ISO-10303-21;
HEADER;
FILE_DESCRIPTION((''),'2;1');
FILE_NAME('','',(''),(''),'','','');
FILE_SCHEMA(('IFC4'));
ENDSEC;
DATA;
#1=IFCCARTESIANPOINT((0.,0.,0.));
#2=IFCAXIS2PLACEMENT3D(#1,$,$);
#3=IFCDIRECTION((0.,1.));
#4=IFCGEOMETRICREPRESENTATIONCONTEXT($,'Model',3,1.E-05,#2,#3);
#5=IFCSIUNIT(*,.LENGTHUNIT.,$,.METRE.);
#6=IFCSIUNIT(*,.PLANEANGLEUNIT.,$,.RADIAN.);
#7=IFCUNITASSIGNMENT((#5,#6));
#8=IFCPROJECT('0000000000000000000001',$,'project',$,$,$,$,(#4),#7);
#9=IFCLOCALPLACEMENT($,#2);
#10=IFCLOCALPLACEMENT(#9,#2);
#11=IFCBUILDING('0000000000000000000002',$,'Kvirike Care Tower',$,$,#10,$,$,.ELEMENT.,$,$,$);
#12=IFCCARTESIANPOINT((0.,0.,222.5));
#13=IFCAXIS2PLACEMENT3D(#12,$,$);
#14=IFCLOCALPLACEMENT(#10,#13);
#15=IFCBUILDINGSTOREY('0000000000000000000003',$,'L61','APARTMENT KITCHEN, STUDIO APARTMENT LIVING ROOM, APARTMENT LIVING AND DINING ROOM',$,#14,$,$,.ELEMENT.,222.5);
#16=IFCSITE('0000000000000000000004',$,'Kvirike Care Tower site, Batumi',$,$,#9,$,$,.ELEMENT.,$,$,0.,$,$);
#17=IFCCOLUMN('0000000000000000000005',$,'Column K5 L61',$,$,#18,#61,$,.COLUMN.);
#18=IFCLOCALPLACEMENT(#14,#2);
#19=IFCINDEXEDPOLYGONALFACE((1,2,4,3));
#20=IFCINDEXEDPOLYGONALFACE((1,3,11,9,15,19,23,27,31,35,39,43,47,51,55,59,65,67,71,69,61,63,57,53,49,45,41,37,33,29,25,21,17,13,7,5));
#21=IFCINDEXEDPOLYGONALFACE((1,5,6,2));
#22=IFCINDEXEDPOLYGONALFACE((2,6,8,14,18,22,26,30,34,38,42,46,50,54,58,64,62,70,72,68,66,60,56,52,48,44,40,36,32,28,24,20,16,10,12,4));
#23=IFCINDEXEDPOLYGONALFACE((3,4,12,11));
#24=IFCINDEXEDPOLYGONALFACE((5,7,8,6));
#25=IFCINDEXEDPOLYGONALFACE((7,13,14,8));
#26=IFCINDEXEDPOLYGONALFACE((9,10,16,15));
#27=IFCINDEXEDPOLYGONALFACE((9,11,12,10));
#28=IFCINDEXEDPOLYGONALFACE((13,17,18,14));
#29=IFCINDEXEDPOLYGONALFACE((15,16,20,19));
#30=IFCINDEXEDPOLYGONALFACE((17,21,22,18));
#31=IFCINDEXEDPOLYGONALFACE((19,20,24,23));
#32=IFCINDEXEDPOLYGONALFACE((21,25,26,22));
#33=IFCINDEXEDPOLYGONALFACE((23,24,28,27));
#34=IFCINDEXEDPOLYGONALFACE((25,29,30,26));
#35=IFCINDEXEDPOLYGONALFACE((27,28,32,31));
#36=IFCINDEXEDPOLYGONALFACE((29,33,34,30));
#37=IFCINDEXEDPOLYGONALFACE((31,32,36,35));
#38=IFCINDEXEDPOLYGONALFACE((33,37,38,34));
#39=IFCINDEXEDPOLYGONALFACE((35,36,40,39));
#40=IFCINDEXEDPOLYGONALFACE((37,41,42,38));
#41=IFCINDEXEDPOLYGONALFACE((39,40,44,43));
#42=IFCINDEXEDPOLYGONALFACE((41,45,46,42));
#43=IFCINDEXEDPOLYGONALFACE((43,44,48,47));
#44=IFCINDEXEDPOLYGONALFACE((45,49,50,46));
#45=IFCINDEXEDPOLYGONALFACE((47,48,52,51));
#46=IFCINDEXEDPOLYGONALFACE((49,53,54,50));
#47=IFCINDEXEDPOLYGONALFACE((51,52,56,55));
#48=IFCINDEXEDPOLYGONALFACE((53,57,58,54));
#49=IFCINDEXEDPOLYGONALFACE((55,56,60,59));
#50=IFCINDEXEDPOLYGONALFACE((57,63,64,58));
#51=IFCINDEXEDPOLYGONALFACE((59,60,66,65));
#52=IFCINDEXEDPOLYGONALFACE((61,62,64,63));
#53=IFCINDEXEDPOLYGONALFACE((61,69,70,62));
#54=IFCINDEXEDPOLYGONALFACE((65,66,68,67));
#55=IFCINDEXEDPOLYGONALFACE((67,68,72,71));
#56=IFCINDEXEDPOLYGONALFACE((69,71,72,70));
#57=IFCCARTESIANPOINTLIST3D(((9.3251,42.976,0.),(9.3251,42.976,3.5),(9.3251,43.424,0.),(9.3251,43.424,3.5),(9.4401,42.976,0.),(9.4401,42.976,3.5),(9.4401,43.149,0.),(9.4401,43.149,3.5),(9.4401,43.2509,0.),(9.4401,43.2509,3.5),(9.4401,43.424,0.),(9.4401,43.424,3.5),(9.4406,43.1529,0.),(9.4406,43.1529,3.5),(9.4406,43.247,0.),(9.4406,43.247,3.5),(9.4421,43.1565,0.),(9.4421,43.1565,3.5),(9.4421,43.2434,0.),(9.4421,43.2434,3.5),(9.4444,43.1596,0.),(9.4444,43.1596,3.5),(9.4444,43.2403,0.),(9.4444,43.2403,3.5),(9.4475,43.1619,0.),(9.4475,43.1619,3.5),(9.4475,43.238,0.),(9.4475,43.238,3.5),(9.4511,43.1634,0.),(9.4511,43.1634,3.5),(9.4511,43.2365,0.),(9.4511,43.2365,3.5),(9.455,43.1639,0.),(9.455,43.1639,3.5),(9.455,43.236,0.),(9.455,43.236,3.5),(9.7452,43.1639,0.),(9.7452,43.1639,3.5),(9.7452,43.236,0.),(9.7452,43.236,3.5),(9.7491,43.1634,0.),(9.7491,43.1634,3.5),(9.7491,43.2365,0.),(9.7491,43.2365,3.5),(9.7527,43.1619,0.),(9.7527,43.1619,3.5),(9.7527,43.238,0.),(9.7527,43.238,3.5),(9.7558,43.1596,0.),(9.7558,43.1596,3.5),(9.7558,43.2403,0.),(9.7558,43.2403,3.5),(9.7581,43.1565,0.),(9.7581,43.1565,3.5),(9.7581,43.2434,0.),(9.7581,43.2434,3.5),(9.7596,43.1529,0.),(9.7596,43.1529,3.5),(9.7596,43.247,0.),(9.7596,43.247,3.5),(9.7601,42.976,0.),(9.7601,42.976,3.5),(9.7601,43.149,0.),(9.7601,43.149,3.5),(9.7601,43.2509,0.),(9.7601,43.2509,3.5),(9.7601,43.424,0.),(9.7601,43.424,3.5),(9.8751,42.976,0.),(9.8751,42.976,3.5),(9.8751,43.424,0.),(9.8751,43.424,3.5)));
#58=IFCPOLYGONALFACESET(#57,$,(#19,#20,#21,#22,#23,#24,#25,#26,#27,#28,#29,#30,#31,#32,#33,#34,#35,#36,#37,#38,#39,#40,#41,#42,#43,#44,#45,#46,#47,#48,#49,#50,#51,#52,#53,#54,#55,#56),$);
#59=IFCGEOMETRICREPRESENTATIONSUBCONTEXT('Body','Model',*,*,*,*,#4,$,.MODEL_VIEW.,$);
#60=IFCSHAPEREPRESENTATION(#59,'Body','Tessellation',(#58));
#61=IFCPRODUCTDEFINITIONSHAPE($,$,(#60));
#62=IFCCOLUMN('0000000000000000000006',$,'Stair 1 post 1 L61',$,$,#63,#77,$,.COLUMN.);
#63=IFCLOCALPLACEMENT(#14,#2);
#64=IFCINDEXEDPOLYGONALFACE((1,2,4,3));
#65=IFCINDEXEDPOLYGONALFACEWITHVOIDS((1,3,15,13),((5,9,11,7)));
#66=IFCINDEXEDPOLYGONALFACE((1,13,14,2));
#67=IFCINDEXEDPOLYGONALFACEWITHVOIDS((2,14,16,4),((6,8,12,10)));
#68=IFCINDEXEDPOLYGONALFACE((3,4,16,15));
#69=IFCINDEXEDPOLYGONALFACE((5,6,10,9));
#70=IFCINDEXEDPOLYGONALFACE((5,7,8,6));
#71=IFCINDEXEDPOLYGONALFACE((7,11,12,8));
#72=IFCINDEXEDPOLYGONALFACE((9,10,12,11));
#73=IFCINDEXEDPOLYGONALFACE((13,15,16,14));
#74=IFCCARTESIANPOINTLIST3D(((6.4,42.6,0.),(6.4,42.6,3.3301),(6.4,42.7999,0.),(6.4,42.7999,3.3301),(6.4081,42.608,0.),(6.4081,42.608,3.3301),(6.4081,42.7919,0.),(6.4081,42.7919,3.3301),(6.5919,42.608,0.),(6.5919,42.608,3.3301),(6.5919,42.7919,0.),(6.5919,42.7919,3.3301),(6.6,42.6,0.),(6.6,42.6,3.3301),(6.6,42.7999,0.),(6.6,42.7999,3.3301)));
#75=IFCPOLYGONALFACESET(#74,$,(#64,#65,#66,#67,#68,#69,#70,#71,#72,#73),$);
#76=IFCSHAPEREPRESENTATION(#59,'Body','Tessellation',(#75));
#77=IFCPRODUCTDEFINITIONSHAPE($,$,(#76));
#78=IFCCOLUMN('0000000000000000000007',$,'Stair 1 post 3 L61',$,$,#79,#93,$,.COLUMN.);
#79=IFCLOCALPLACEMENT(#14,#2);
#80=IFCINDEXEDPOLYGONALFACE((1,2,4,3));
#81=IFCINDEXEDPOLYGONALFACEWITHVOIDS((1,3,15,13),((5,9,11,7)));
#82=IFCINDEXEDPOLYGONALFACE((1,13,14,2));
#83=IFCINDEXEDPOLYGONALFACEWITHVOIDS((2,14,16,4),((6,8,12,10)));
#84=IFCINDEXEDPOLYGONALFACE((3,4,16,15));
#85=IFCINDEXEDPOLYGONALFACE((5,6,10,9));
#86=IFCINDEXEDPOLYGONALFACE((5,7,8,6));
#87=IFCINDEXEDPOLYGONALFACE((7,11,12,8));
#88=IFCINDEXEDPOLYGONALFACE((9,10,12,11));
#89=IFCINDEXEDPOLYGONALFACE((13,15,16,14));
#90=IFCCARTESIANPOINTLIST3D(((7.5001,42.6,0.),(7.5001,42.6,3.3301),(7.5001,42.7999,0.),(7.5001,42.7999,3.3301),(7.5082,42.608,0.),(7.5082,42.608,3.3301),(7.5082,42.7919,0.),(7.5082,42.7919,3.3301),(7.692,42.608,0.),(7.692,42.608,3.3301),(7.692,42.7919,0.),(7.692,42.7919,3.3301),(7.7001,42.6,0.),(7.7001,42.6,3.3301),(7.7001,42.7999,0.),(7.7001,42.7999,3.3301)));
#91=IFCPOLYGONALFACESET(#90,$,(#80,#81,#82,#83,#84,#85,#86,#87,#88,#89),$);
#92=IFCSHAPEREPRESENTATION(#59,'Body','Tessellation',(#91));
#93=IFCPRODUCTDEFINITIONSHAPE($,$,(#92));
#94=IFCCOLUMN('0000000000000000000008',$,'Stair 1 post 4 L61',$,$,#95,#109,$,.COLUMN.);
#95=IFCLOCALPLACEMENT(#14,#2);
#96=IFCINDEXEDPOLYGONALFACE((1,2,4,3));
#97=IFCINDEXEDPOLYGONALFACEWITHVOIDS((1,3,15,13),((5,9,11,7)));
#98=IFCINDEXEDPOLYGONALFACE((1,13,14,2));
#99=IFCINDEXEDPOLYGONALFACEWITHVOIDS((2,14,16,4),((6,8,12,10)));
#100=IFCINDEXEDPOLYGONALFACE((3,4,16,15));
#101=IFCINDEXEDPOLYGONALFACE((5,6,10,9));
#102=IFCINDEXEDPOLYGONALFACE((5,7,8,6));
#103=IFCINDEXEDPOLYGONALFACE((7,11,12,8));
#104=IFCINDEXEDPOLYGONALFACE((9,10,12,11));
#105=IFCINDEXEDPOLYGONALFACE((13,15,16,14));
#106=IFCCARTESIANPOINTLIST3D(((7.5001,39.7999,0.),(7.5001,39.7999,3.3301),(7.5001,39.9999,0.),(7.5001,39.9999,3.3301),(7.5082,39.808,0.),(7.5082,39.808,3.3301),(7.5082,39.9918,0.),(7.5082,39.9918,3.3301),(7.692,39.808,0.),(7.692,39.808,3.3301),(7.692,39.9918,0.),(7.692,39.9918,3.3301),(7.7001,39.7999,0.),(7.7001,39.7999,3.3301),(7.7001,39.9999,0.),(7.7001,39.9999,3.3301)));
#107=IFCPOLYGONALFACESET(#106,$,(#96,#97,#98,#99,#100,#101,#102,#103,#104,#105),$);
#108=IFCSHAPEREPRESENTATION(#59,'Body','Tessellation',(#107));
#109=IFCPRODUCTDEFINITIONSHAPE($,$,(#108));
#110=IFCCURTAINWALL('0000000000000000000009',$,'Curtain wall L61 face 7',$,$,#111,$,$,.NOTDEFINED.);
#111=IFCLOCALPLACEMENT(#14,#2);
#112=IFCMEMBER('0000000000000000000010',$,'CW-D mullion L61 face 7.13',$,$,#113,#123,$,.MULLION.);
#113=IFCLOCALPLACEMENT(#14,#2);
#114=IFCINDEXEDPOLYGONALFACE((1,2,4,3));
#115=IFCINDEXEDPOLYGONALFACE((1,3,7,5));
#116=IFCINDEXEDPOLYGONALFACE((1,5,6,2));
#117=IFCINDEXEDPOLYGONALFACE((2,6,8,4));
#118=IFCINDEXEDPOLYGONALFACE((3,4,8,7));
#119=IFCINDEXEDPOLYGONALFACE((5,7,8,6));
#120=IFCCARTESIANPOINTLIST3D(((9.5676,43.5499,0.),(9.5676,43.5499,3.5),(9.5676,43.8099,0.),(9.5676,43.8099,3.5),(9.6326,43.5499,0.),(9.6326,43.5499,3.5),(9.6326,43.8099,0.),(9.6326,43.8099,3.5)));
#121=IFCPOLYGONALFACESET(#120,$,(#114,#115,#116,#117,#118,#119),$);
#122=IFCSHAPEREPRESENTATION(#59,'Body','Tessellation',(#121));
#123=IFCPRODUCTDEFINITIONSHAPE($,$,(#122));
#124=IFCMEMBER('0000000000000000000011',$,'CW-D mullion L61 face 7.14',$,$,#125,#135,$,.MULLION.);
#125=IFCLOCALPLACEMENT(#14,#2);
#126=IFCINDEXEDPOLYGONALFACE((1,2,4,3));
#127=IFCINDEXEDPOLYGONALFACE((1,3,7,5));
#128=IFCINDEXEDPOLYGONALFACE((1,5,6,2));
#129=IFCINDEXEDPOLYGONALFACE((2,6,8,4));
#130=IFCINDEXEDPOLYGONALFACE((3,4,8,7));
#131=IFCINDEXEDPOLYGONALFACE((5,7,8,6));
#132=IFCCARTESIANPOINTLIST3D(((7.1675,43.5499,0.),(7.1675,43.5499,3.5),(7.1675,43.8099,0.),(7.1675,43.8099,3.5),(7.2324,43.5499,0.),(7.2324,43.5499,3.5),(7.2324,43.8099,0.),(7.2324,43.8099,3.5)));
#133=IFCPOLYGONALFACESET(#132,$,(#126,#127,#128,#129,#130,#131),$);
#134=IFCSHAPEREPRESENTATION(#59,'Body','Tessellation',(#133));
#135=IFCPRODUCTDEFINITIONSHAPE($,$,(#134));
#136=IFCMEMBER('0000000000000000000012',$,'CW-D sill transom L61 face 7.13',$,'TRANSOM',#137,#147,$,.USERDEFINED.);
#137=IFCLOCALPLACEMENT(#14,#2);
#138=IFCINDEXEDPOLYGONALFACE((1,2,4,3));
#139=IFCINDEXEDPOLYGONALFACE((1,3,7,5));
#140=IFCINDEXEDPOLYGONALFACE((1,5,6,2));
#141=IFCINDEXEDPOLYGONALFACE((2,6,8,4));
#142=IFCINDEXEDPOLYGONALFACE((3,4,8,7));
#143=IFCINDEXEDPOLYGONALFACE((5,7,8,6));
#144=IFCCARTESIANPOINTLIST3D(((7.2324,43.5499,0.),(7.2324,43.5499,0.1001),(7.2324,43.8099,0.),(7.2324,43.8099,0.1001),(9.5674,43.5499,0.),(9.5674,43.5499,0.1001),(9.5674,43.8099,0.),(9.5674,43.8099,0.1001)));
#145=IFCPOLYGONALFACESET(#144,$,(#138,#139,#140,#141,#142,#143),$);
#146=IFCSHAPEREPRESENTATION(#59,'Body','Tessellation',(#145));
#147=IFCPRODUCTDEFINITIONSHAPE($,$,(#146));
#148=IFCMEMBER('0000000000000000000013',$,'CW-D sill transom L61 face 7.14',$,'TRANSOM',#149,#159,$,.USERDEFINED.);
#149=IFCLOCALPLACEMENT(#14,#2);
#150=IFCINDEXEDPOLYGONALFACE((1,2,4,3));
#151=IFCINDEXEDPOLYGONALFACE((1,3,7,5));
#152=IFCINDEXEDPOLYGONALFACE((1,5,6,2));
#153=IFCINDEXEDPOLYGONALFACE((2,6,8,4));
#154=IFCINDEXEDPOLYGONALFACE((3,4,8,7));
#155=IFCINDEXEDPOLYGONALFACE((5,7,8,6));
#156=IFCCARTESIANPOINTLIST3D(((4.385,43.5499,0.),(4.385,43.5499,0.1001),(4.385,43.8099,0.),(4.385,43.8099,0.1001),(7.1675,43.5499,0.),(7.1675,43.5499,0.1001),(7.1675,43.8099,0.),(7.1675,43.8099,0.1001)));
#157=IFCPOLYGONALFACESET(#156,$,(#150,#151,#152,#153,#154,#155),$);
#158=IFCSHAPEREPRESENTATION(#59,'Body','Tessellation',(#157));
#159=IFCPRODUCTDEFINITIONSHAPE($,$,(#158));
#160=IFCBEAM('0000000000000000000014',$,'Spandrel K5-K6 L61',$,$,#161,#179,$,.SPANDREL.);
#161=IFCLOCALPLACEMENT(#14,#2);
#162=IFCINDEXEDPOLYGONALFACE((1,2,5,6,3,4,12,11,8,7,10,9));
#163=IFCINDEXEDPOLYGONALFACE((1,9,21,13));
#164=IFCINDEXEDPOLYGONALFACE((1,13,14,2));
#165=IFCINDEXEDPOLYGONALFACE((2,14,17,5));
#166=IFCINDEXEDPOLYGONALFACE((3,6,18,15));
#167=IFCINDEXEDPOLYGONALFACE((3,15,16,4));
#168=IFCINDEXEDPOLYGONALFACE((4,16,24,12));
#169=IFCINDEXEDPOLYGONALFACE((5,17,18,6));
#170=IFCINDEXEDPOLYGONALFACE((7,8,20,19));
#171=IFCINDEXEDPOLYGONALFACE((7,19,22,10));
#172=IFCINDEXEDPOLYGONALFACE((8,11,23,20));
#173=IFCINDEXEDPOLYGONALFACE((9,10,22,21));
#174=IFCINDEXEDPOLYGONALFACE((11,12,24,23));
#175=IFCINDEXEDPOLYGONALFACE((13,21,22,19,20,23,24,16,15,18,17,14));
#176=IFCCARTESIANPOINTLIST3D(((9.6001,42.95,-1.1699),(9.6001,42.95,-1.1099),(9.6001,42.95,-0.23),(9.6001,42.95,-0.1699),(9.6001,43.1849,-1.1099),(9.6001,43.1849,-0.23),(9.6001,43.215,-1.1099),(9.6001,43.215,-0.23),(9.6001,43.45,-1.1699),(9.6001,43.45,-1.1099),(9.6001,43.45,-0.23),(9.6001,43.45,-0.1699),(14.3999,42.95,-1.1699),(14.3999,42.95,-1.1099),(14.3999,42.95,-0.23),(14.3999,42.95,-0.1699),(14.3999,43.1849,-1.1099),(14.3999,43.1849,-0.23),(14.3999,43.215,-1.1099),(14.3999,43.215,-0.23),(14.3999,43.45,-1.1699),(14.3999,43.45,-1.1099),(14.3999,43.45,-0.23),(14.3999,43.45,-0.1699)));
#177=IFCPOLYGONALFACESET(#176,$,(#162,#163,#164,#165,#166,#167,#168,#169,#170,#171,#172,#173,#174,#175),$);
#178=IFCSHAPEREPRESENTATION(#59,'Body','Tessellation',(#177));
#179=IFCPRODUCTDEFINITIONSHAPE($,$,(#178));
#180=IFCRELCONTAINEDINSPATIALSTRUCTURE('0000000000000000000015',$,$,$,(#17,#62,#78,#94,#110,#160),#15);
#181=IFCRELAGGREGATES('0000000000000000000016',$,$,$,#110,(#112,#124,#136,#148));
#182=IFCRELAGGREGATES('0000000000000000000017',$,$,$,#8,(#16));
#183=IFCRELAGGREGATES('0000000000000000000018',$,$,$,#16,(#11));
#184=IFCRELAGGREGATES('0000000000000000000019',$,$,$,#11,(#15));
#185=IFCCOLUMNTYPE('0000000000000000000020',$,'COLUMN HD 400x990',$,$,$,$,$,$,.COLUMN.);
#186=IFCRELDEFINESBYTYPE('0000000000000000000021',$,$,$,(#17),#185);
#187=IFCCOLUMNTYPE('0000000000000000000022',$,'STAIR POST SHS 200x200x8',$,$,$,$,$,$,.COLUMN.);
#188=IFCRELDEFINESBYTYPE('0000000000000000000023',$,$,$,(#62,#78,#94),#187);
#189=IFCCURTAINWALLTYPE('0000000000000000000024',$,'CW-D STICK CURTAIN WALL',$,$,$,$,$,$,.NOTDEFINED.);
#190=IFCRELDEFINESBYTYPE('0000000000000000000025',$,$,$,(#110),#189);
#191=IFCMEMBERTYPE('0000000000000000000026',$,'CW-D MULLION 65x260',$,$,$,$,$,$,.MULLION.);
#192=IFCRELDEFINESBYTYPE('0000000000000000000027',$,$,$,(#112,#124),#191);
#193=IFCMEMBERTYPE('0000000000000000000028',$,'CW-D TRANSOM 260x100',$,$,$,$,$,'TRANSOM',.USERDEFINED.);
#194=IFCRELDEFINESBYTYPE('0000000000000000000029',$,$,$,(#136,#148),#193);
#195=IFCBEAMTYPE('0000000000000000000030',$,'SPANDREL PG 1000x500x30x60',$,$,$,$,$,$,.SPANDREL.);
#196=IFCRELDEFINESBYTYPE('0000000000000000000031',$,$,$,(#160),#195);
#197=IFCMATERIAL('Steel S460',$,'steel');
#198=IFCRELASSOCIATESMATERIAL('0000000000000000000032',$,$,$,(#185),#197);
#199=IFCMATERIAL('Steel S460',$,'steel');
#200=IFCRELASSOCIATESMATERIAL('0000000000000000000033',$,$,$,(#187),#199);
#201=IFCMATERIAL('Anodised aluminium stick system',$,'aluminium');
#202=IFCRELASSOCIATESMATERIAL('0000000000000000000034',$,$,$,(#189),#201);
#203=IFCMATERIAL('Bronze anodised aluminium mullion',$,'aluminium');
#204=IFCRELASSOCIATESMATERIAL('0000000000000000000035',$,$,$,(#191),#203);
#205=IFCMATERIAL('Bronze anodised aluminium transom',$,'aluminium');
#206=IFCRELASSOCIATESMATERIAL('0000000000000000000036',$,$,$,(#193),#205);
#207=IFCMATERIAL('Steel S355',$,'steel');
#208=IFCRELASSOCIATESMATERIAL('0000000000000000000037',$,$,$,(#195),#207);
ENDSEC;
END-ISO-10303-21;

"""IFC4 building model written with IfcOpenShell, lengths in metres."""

from ifc_helpers import new_model, si_unit, direction, frame, origin, origin_2d, place, context, subcontext, project, spatial, rectangle, hollow_rectangle, i_section, extrude, material, material_profile, profile_set, type_object, element, aggregate, save


model = new_model("IFC4")

# Units and contexts
model_context = context("Model", 3, precision=1e-05, world=origin(), true_north=direction((0.0, 1.0)))
body_context = subcontext(model_context, "Body", "Model", "MODEL_VIEW")
ifc_project = project(units=[si_unit("LENGTHUNIT", "METRE"), si_unit("PLANEANGLEUNIT", "RADIAN")], contexts=[model_context])

# Site, building, storey
site_placement = place(None, origin())
site = spatial("IfcSite", under=ifc_project, at=site_placement, Name="Kvirike Care Tower site, Batumi", CompositionType="ELEMENT", RefElevation=0.0)
building_placement = place(site_placement, origin())
building = spatial("IfcBuilding", under=site, at=building_placement, Name="Kvirike Care Tower", CompositionType="ELEMENT")
storey_placement = place(building_placement, frame((0.0, 0.0, 222.5)))
storey = spatial("IfcBuildingStorey", under=building, at=storey_placement, Name="L61", Description="APARTMENT KITCHEN, STUDIO APARTMENT LIVING ROOM, APARTMENT LIVING AND DINING ROOM", CompositionType="ELEMENT", Elevation=222.5)

# Columns
ifc_material_1 = material(Name="Steel S460", Category="steel")
ifc_material_profile_1 = material_profile(ifc_material_1, i_section(OverallWidth=0.448, OverallDepth=0.55, WebThickness=0.072, FlangeThickness=0.115, FilletRadius=0.0149, at=origin_2d()), Name="HD 400x990")
ifc_profile_set_1 = profile_set([ifc_material_profile_1], Name="Steel S460")
column_type_1 = type_object("IfcColumnType", Name="COLUMN HD 400x990", PredefinedType="COLUMN", material=ifc_profile_set_1)
column_placement = place(storey_placement, frame((9.6001, 43.2, 0.0), z_axis=(0.0, 0.0, 1.0), x_axis=(0.0, 1.0, 0.0)))
element("IfcColumn", 1, at=column_placement, inside=storey, type_object=column_type_1, Name="Column K5 L61", PredefinedType="COLUMN", context=body_context, shape_type="SweptSolid", body=[
    extrude(i_section(OverallWidth=0.448, OverallDepth=0.55, WebThickness=0.072, FlangeThickness=0.115, FilletRadius=0.0149, at=origin_2d()), origin(), (0.0, 0.0, 1.0), 3.5),
])
ifc_material_2 = material(Name="Steel S460", Category="steel")
ifc_material_profile_2 = material_profile(ifc_material_2, hollow_rectangle(XDim=0.2, YDim=0.2, WallThickness=0.0081, at=origin_2d()), Name="SHS 200x200x8")
ifc_profile_set_2 = profile_set([ifc_material_profile_2], Name="Steel S460")
column_type_2 = type_object("IfcColumnType", Name="STAIR POST SHS 200x200x8", PredefinedType="COLUMN", material=ifc_profile_set_2)
for number, where, z_axis, x_axis, name in (
    (2, (6.5, 42.7, 0.0), (0.0, 0.0, 1.0), (1.0, 0.0, 0.0), "Stair 1 post 1 L61"),
    (3, (7.6001, 42.7, 0.0), (0.0, 0.0, 1.0), (1.0, 0.0, 0.0), "Stair 1 post 3 L61"),
    (4, (7.6001, 39.8999, 0.0), (0.0, 0.0, 1.0), (1.0, 0.0, 0.0), "Stair 1 post 4 L61"),
):
    element("IfcColumn", number, at=place(storey_placement, frame(where, z_axis=z_axis, x_axis=x_axis)), inside=storey, type_object=column_type_2, Name=name, PredefinedType="COLUMN", context=body_context, shape_type="SweptSolid", body=[
        extrude(hollow_rectangle(XDim=0.2, YDim=0.2, WallThickness=0.0081, at=origin_2d()), origin(), (0.0, 0.0, 1.0), 3.3301),
    ])

# Curtain wall, members
ifc_material_3 = material(Name="Anodised aluminium stick system", Category="aluminium")
curtain_wall_type = type_object("IfcCurtainWallType", Name="CW-D STICK CURTAIN WALL", PredefinedType="NOTDEFINED", material=ifc_material_3)
curtain_wall_placement = place(storey_placement, origin())
curtain_wall = element("IfcCurtainWall", 5, at=curtain_wall_placement, inside=storey, type_object=curtain_wall_type, Name="Curtain wall L61 face 7", PredefinedType="NOTDEFINED")
ifc_material_4 = material(Name="Bronze anodised aluminium mullion", Category="aluminium")
ifc_material_profile_3 = material_profile(ifc_material_4, rectangle(XDim=0.0649, YDim=0.26, at=origin_2d()), Name="CW-D MULLION 65x260")
ifc_profile_set_3 = profile_set([ifc_material_profile_3], Name="Bronze anodised aluminium mullion")
member_type_1 = type_object("IfcMemberType", Name="CW-D MULLION 65x260", PredefinedType="MULLION", material=ifc_profile_set_3)
member_1_placement = place(storey_placement, frame((9.6001, 43.6799, 0.0), z_axis=(0.0, 0.0, 1.0), x_axis=(-1.0, 0.0, 0.0)))
member_1 = element("IfcMember", 6, at=member_1_placement, type_object=member_type_1, Name="CW-D mullion L61 face 7.13", PredefinedType="MULLION", context=body_context, shape_type="SweptSolid", body=[
    extrude(rectangle(XDim=0.0649, YDim=0.26, at=origin_2d()), origin(), (0.0, 0.0, 1.0), 3.5),
])
member_2_placement = place(storey_placement, frame((7.2, 43.6799, 0.0), z_axis=(0.0, 0.0, 1.0), x_axis=(-1.0, 0.0, 0.0)))
member_2 = element("IfcMember", 7, at=member_2_placement, type_object=member_type_1, Name="CW-D mullion L61 face 7.14", PredefinedType="MULLION", context=body_context, shape_type="SweptSolid", body=[
    extrude(rectangle(XDim=0.0649, YDim=0.26, at=origin_2d()), origin(), (0.0, 0.0, 1.0), 3.5),
])
ifc_material_5 = material(Name="Bronze anodised aluminium transom", Category="aluminium")
ifc_material_profile_4 = material_profile(ifc_material_5, rectangle(XDim=0.26, YDim=0.1001, at=origin_2d()), Name="CW-D TRANSOM 260x100")
ifc_profile_set_4 = profile_set([ifc_material_profile_4], Name="Bronze anodised aluminium transom")
member_type_2 = type_object("IfcMemberType", Name="CW-D TRANSOM 260x100", ElementType="TRANSOM", PredefinedType="USERDEFINED", material=ifc_profile_set_4)
member_3_placement = place(storey_placement, frame((9.5674, 43.6799, 0.05), z_axis=(-1.0, 0.0, 0.0), x_axis=(0.0, -1.0, 0.0)))
member_3 = element("IfcMember", 8, at=member_3_placement, type_object=member_type_2, Name="CW-D sill transom L61 face 7.13", ObjectType="TRANSOM", PredefinedType="USERDEFINED", context=body_context, shape_type="SweptSolid", body=[
    extrude(rectangle(XDim=0.26, YDim=0.1001, at=origin_2d()), origin(), (0.0, 0.0, 1.0), 2.335),
])
member_4_placement = place(storey_placement, frame((7.1675, 43.6799, 0.05), z_axis=(-1.0, 0.0, 0.0), x_axis=(0.0, -1.0, 0.0)))
member_4 = element("IfcMember", 9, at=member_4_placement, type_object=member_type_2, Name="CW-D sill transom L61 face 7.14", ObjectType="TRANSOM", PredefinedType="USERDEFINED", context=body_context, shape_type="SweptSolid", body=[
    extrude(rectangle(XDim=0.26, YDim=0.1001, at=origin_2d()), origin(), (0.0, 0.0, 1.0), 2.7825),
])

# Beam
ifc_material_6 = material(Name="Steel S355", Category="steel")
ifc_material_profile_5 = material_profile(ifc_material_6, i_section(OverallWidth=0.5, OverallDepth=1.0, WebThickness=0.03, FlangeThickness=0.0601, at=origin_2d()), Name="PG 1000x500x30x60")
ifc_profile_set_5 = profile_set([ifc_material_profile_5], Name="Steel S355")
beam_type_1 = type_object("IfcBeamType", Name="SPANDREL PG 1000x500x30x60", PredefinedType="SPANDREL", material=ifc_profile_set_5)
beam_1_placement = place(storey_placement, frame((9.6001, 43.2, -0.6699), z_axis=(1.0, 0.0, 0.0), x_axis=(0.0, 1.0, 0.0)))
element("IfcBeam", 10, at=beam_1_placement, inside=storey, type_object=beam_type_1, Name="Spandrel K5-K6 L61", PredefinedType="SPANDREL", context=body_context, shape_type="SweptSolid", body=[
    extrude(i_section(OverallWidth=0.5, OverallDepth=1.0, WebThickness=0.03, FlangeThickness=0.0601, at=origin_2d()), origin(), (0.0, 0.0, 1.0), 4.7998),
])

aggregate(curtain_wall, [member_1, member_2, member_3, member_4])

save(model, "model.ifc")
